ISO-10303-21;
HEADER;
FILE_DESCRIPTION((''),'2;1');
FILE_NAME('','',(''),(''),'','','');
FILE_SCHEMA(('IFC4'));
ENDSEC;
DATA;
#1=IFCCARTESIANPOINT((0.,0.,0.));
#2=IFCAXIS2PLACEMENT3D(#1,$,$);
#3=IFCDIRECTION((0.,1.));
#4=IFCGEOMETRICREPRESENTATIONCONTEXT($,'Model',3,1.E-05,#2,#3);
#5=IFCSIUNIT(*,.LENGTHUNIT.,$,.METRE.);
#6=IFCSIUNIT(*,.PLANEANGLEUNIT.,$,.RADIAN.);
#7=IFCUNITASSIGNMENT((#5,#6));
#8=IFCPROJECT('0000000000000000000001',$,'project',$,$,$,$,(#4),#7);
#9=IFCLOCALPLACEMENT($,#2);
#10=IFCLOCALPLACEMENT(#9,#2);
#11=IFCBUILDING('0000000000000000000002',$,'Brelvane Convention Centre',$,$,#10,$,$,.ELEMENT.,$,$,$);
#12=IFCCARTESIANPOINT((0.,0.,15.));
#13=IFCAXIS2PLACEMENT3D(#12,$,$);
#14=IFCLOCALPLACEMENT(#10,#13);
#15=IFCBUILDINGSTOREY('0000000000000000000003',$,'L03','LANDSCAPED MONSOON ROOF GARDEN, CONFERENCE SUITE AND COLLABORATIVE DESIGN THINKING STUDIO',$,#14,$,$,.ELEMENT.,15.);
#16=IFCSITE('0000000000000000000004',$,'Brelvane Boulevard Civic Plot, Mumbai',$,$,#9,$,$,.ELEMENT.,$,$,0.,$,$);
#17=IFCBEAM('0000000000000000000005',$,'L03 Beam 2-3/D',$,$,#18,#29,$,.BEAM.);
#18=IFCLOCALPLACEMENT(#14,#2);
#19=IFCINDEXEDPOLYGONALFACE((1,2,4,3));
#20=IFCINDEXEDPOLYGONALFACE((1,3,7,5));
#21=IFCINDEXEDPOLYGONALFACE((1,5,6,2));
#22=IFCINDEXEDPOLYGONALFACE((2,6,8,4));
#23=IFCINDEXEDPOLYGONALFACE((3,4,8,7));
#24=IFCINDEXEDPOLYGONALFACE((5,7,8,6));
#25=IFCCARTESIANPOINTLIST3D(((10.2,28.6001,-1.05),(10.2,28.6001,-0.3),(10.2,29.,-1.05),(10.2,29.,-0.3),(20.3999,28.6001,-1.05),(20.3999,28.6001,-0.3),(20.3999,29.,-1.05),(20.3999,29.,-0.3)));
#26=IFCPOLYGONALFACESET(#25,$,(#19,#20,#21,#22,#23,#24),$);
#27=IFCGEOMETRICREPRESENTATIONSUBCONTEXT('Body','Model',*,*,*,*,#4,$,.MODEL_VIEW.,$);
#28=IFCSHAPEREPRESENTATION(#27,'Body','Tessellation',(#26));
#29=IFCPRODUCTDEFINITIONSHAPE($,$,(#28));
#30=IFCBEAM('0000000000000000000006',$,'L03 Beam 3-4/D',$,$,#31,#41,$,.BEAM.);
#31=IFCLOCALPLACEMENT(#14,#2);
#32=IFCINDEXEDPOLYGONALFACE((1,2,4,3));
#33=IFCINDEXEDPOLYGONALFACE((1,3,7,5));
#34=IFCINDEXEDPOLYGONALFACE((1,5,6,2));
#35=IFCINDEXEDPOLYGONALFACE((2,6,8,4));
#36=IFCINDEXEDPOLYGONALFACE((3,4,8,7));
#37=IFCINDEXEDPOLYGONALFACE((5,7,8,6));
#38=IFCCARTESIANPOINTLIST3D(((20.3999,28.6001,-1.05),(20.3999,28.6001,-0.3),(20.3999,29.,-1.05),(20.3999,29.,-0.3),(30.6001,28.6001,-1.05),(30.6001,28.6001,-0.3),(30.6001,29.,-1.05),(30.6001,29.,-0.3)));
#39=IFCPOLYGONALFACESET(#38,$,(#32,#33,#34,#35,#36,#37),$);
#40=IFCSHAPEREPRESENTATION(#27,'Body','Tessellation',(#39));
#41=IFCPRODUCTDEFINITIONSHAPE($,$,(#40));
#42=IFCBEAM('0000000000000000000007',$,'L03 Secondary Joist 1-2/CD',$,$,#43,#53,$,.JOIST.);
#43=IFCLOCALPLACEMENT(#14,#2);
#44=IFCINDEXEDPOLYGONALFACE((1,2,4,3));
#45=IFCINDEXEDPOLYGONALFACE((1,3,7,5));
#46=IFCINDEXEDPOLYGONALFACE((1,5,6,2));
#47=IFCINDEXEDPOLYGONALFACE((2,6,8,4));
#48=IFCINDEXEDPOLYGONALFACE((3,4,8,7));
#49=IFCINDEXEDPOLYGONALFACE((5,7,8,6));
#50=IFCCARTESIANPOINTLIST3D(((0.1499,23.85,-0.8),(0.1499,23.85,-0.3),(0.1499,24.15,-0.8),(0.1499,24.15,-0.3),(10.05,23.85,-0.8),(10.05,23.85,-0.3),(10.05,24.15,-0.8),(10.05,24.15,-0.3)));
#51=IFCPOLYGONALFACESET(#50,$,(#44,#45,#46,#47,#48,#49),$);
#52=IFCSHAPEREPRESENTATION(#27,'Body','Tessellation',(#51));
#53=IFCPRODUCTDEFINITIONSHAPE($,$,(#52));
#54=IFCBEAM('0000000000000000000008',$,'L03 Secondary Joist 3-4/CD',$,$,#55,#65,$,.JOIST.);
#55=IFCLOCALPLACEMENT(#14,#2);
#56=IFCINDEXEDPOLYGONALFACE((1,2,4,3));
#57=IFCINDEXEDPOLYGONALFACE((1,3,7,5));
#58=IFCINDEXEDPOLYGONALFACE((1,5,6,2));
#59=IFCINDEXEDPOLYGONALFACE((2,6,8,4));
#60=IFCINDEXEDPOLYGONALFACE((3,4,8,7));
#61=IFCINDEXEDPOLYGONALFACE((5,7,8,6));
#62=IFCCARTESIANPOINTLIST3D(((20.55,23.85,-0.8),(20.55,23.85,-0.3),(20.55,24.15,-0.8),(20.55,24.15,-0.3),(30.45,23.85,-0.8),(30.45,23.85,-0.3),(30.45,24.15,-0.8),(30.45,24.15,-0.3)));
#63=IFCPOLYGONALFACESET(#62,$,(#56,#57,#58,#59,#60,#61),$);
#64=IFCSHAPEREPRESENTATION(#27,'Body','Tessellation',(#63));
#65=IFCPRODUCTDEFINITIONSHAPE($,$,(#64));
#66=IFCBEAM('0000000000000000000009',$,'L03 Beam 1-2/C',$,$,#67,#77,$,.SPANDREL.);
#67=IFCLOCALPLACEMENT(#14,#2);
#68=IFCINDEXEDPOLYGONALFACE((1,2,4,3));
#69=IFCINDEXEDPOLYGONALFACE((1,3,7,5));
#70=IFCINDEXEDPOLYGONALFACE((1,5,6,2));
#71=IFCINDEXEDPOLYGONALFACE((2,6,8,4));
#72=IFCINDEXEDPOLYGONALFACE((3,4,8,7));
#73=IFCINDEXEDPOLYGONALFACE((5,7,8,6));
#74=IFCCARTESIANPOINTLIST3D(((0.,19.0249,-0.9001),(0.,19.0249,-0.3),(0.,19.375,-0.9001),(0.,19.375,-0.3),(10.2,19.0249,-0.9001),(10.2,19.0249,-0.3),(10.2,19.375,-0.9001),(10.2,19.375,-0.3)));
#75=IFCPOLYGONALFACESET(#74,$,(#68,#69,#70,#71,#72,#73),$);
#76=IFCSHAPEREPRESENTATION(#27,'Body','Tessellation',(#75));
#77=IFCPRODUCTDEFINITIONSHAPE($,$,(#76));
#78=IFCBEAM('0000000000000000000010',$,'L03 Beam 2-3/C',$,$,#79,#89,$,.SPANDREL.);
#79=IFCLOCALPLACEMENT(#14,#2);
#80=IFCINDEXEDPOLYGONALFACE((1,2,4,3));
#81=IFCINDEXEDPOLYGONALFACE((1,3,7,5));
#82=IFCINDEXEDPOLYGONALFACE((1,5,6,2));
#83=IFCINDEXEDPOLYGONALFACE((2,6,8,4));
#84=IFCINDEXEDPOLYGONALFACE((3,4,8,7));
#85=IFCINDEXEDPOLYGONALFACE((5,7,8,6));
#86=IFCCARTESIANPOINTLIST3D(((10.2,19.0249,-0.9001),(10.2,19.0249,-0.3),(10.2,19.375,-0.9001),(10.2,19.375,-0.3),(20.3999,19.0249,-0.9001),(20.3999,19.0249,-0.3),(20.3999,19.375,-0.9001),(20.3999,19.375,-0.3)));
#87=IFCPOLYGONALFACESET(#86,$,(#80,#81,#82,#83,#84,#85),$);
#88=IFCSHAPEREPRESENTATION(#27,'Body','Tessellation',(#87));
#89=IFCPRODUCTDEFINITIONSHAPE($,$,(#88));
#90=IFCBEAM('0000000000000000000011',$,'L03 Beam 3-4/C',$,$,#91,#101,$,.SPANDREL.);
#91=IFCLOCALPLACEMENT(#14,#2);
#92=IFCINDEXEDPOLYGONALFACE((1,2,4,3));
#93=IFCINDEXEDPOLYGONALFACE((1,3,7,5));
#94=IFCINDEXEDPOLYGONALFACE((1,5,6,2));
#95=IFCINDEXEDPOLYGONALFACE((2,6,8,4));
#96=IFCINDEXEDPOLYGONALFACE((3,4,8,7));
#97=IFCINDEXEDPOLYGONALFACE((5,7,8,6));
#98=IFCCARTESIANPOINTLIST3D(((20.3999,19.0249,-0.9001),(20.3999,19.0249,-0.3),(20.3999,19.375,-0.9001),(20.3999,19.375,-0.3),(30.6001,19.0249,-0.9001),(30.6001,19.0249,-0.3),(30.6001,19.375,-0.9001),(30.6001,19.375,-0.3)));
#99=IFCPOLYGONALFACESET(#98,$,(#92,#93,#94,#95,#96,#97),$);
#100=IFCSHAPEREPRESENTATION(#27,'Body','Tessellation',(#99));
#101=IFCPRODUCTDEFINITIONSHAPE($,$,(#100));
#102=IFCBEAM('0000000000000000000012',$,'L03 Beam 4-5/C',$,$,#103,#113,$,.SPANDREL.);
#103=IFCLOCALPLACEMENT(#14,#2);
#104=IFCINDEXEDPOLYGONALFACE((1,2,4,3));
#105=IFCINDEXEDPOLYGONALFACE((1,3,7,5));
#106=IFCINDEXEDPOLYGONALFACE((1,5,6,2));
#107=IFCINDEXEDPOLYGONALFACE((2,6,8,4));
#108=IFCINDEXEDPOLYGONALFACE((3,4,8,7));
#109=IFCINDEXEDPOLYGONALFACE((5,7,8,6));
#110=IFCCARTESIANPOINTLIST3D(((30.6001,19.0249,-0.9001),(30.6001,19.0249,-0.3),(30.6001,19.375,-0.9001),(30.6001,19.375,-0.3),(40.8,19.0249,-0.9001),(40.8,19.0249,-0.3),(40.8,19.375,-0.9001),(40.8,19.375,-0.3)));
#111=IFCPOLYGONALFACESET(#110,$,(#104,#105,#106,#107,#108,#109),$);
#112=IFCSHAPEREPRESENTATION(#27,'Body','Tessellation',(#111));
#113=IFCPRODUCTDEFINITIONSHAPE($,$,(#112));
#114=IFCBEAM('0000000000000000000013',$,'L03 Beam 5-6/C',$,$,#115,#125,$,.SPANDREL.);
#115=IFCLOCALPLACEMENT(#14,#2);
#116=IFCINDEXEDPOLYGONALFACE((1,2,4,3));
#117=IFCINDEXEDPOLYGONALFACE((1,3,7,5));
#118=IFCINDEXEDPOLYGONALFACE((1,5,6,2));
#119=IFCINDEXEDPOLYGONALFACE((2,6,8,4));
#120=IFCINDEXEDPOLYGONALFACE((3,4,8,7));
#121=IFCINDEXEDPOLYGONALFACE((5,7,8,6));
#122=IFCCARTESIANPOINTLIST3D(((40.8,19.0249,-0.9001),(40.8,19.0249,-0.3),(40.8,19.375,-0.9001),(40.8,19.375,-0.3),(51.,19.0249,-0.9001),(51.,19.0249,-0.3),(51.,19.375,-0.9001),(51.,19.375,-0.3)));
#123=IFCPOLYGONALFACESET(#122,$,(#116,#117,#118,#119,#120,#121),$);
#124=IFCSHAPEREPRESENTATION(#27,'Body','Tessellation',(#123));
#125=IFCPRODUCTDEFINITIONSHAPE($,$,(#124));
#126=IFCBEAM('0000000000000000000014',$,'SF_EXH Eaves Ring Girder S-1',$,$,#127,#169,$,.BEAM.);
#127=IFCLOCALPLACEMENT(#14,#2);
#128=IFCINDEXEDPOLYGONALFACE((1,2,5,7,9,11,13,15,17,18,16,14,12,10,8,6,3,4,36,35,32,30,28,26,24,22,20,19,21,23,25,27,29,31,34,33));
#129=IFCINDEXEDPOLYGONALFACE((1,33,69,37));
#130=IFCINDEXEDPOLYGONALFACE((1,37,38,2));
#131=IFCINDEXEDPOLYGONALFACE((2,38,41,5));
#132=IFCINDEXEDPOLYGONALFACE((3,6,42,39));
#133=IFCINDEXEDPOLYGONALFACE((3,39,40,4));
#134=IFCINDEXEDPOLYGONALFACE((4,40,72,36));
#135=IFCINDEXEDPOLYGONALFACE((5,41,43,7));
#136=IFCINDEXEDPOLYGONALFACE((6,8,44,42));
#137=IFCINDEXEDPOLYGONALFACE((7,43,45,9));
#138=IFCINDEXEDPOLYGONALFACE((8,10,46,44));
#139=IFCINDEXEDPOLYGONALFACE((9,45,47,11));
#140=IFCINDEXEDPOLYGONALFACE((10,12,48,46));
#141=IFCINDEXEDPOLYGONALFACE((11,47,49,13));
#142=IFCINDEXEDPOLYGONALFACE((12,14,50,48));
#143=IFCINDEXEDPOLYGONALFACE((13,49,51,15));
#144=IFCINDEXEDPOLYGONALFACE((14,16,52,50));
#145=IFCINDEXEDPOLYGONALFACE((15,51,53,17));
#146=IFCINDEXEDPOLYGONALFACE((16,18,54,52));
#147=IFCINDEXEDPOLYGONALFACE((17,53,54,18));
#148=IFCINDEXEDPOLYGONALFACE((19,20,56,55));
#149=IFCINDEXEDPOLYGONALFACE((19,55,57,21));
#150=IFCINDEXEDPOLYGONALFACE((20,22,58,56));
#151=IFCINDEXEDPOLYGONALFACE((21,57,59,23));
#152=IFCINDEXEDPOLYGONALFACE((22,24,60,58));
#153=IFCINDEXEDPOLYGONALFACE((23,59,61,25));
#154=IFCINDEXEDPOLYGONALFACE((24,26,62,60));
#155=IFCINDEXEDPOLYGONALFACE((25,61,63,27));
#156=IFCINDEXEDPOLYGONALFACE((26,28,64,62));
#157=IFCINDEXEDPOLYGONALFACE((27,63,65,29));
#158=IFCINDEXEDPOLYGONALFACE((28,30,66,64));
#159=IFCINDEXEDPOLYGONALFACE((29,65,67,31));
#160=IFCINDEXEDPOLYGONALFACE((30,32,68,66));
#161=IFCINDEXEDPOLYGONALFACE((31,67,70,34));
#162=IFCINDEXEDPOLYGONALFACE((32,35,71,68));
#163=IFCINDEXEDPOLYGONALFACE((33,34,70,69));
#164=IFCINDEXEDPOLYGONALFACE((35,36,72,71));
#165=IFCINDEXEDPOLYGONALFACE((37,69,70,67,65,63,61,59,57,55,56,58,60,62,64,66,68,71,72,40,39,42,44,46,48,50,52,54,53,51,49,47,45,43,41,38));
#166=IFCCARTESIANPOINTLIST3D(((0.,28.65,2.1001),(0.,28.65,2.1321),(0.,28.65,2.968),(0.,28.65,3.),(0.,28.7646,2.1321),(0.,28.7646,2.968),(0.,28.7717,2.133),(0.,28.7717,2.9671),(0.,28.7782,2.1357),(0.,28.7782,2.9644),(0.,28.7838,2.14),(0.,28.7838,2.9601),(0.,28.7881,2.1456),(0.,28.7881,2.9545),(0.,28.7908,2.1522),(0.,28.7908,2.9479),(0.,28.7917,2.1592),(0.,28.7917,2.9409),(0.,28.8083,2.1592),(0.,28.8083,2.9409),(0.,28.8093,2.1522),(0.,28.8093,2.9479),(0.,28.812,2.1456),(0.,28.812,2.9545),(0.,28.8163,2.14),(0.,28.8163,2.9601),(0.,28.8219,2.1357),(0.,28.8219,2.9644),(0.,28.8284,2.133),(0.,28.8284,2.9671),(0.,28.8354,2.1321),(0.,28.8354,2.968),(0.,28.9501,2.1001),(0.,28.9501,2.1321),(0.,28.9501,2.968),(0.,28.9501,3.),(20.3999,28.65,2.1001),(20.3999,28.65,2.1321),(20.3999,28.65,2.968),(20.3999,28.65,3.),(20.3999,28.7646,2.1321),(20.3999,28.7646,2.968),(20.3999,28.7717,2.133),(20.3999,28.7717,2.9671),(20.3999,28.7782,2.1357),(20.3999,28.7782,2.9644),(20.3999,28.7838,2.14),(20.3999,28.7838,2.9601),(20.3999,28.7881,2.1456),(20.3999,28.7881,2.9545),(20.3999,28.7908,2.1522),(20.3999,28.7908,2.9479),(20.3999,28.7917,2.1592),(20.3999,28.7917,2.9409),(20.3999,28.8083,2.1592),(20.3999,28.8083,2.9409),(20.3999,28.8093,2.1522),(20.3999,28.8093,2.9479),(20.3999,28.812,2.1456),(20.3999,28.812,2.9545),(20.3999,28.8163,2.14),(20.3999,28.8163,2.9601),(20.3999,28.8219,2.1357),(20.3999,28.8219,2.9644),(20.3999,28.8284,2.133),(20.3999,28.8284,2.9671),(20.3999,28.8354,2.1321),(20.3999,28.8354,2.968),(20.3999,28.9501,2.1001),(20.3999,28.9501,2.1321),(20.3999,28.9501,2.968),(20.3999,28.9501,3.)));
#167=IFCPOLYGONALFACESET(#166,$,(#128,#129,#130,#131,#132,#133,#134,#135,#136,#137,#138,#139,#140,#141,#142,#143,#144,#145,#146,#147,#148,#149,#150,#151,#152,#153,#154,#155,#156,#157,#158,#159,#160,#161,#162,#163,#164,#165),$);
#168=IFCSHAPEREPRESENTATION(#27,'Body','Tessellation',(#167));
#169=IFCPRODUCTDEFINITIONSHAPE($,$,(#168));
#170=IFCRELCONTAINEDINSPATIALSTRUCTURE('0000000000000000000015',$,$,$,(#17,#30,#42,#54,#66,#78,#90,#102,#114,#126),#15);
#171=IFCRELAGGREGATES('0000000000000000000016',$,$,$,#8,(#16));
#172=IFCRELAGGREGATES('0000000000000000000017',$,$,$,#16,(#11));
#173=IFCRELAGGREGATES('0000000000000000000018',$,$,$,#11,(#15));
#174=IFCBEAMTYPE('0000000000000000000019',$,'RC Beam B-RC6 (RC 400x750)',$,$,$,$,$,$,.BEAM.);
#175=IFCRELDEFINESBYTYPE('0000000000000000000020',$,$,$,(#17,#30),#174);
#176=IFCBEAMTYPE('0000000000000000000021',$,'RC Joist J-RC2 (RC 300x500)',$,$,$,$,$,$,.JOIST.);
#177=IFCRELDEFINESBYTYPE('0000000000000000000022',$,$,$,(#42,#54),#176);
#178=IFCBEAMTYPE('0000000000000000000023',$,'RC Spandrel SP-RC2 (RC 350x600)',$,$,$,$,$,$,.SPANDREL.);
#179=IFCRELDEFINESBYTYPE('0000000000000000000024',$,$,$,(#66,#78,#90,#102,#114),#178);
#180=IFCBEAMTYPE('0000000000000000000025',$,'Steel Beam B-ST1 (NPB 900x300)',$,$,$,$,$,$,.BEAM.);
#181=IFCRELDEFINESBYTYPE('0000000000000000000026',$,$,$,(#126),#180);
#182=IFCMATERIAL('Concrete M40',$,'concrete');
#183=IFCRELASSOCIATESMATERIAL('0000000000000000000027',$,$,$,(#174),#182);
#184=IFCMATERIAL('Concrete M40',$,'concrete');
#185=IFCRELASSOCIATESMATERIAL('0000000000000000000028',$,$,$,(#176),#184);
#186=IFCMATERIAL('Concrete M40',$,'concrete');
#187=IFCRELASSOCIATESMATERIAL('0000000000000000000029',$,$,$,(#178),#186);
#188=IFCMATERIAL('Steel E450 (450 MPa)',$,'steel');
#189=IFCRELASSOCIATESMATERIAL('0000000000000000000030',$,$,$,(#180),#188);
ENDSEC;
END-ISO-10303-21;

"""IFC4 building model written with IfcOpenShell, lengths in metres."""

from ifc_helpers import new_model, si_unit, direction, frame, origin, origin_2d, place, context, subcontext, project, spatial, rectangle, i_section, extrude, material, material_profile, profile_set, type_object, element, save


model = new_model("IFC4")

# Units and contexts
model_context = context("Model", 3, precision=1e-05, world=origin(), true_north=direction((0.0, 1.0)))
body_context = subcontext(model_context, "Body", "Model", "MODEL_VIEW")
ifc_project = project(units=[si_unit("LENGTHUNIT", "METRE"), si_unit("PLANEANGLEUNIT", "RADIAN")], contexts=[model_context])

# Site, building, storey
site_placement = place(None, origin())
site = spatial("IfcSite", under=ifc_project, at=site_placement, Name="Brelvane Boulevard Civic Plot, Mumbai", CompositionType="ELEMENT", RefElevation=0.0)
building_placement = place(site_placement, origin())
building = spatial("IfcBuilding", under=site, at=building_placement, Name="Brelvane Convention Centre", CompositionType="ELEMENT")
storey_placement = place(building_placement, frame((0.0, 0.0, 15.0)))
storey = spatial("IfcBuildingStorey", under=building, at=storey_placement, Name="L03", Description="LANDSCAPED MONSOON ROOF GARDEN, CONFERENCE SUITE AND COLLABORATIVE DESIGN THINKING STUDIO", CompositionType="ELEMENT", Elevation=15.0)

# Beams
ifc_material_1 = material(Name="Concrete M40", Category="concrete")
ifc_material_profile_1 = material_profile(ifc_material_1, rectangle(XDim=0.3999, YDim=0.75, at=origin_2d()), Name="RC 400x750")
ifc_profile_set_1 = profile_set([ifc_material_profile_1], Name="Concrete M40")
beam_type_1 = type_object("IfcBeamType", Name="RC Beam B-RC6 (RC 400x750)", PredefinedType="BEAM", material=ifc_profile_set_1)
for number, where, z_axis, x_axis, name in (
    (1, (10.2, 28.8, -0.675), (1.0, 0.0, 0.0), (0.0, 1.0, 0.0), "L03 Beam 2-3/D"),
):
    element("IfcBeam", number, at=place(storey_placement, frame(where, z_axis=z_axis, x_axis=x_axis)), inside=storey, type_object=beam_type_1, Name=name, PredefinedType="BEAM", context=body_context, shape_type="SweptSolid", body=[
        extrude(rectangle(XDim=0.3999, YDim=0.75, at=origin_2d()), origin(), (0.0, 0.0, 1.0), 10.2),
    ])
beam_1_placement = place(storey_placement, frame((20.3999, 28.8, -0.675), z_axis=(1.0, 0.0, 0.0), x_axis=(0.0, 1.0, 0.0)))
element("IfcBeam", 2, at=beam_1_placement, inside=storey, type_object=beam_type_1, Name="L03 Beam 3-4/D", PredefinedType="BEAM", context=body_context, shape_type="SweptSolid", body=[
    extrude(rectangle(XDim=0.3999, YDim=0.75, at=origin_2d()), origin(), (0.0, 0.0, 1.0), 10.2002),
])
ifc_material_2 = material(Name="Concrete M40", Category="concrete")
ifc_material_profile_2 = material_profile(ifc_material_2, rectangle(XDim=0.3, YDim=0.5, at=origin_2d()), Name="RC 300x500")
ifc_profile_set_2 = profile_set([ifc_material_profile_2], Name="Concrete M40")
beam_type_2 = type_object("IfcBeamType", Name="RC Joist J-RC2 (RC 300x500)", PredefinedType="JOIST", material=ifc_profile_set_2)
beam_2_placement = place(storey_placement, frame((0.1499, 24.0, -0.55), z_axis=(1.0, 0.0, 0.0), x_axis=(0.0, 1.0, 0.0)))
element("IfcBeam", 3, at=beam_2_placement, inside=storey, type_object=beam_type_2, Name="L03 Secondary Joist 1-2/CD", PredefinedType="JOIST", context=body_context, shape_type="SweptSolid", body=[
    extrude(rectangle(XDim=0.3, YDim=0.5, at=origin_2d()), origin(), (0.0, 0.0, 1.0), 9.9001),
])
beam_3_placement = place(storey_placement, frame((20.55, 24.0, -0.55), z_axis=(1.0, 0.0, 0.0), x_axis=(0.0, 1.0, 0.0)))
element("IfcBeam", 4, at=beam_3_placement, inside=storey, type_object=beam_type_2, Name="L03 Secondary Joist 3-4/CD", PredefinedType="JOIST", context=body_context, shape_type="SweptSolid", body=[
    extrude(rectangle(XDim=0.3, YDim=0.5, at=origin_2d()), origin(), (0.0, 0.0, 1.0), 9.8999),
])
ifc_material_3 = material(Name="Concrete M40", Category="concrete")
ifc_material_profile_3 = material_profile(ifc_material_3, rectangle(XDim=0.3501, YDim=0.6001, at=origin_2d()), Name="RC 350x600")
ifc_profile_set_3 = profile_set([ifc_material_profile_3], Name="Concrete M40")
beam_type_3 = type_object("IfcBeamType", Name="RC Spandrel SP-RC2 (RC 350x600)", PredefinedType="SPANDREL", material=ifc_profile_set_3)
for number, where, z_axis, x_axis, name in (
    (5, (0.0, 19.2, -0.6001), (1.0, 0.0, 0.0), (0.0, 1.0, 0.0), "L03 Beam 1-2/C"),
    (6, (10.2, 19.2, -0.6001), (1.0, 0.0, 0.0), (0.0, 1.0, 0.0), "L03 Beam 2-3/C"),
):
    element("IfcBeam", number, at=place(storey_placement, frame(where, z_axis=z_axis, x_axis=x_axis)), inside=storey, type_object=beam_type_3, Name=name, PredefinedType="SPANDREL", context=body_context, shape_type="SweptSolid", body=[
        extrude(rectangle(XDim=0.3501, YDim=0.6001, at=origin_2d()), origin(), (0.0, 0.0, 1.0), 10.2),
    ])
beam_4_placement = place(storey_placement, frame((20.3999, 19.2, -0.6001), z_axis=(1.0, 0.0, 0.0), x_axis=(0.0, 1.0, 0.0)))
element("IfcBeam", 7, at=beam_4_placement, inside=storey, type_object=beam_type_3, Name="L03 Beam 3-4/C", PredefinedType="SPANDREL", context=body_context, shape_type="SweptSolid", body=[
    extrude(rectangle(XDim=0.3501, YDim=0.6001, at=origin_2d()), origin(), (0.0, 0.0, 1.0), 10.2002),
])
for number, where, z_axis, x_axis, name in (
    (8, (30.6001, 19.2, -0.6001), (1.0, 0.0, 0.0), (0.0, 1.0, 0.0), "L03 Beam 4-5/C"),
    (9, (40.8, 19.2, -0.6001), (1.0, 0.0, 0.0), (0.0, 1.0, 0.0), "L03 Beam 5-6/C"),
):
    element("IfcBeam", number, at=place(storey_placement, frame(where, z_axis=z_axis, x_axis=x_axis)), inside=storey, type_object=beam_type_3, Name=name, PredefinedType="SPANDREL", context=body_context, shape_type="SweptSolid", body=[
        extrude(rectangle(XDim=0.3501, YDim=0.6001, at=origin_2d()), origin(), (0.0, 0.0, 1.0), 10.2),
    ])
ifc_material_4 = material(Name="Steel E450 (450 MPa)", Category="steel")
ifc_material_profile_4 = material_profile(ifc_material_4, i_section(OverallWidth=0.3, OverallDepth=0.8999, WebThickness=0.0166, FlangeThickness=0.032, FilletRadius=0.0271, at=origin_2d()), Name="NPB 900x300")
ifc_profile_set_4 = profile_set([ifc_material_profile_4], Name="Steel E450 (450 MPa)")
beam_type_4 = type_object("IfcBeamType", Name="Steel Beam B-ST1 (NPB 900x300)", PredefinedType="BEAM", material=ifc_profile_set_4)
beam_5_placement = place(storey_placement, frame((0.0, 28.8, 2.55), z_axis=(1.0, 0.0, 0.0), x_axis=(0.0, 1.0, 0.0)))
element("IfcBeam", 10, at=beam_5_placement, inside=storey, type_object=beam_type_4, Name="SF_EXH Eaves Ring Girder S-1", PredefinedType="BEAM", context=body_context, shape_type="SweptSolid", body=[
    extrude(i_section(OverallWidth=0.3, OverallDepth=0.8999, WebThickness=0.0166, FlangeThickness=0.032, FilletRadius=0.0271, at=origin_2d()), origin(), (0.0, 0.0, 1.0), 20.3999),
])

save(model, "model.ifc")
